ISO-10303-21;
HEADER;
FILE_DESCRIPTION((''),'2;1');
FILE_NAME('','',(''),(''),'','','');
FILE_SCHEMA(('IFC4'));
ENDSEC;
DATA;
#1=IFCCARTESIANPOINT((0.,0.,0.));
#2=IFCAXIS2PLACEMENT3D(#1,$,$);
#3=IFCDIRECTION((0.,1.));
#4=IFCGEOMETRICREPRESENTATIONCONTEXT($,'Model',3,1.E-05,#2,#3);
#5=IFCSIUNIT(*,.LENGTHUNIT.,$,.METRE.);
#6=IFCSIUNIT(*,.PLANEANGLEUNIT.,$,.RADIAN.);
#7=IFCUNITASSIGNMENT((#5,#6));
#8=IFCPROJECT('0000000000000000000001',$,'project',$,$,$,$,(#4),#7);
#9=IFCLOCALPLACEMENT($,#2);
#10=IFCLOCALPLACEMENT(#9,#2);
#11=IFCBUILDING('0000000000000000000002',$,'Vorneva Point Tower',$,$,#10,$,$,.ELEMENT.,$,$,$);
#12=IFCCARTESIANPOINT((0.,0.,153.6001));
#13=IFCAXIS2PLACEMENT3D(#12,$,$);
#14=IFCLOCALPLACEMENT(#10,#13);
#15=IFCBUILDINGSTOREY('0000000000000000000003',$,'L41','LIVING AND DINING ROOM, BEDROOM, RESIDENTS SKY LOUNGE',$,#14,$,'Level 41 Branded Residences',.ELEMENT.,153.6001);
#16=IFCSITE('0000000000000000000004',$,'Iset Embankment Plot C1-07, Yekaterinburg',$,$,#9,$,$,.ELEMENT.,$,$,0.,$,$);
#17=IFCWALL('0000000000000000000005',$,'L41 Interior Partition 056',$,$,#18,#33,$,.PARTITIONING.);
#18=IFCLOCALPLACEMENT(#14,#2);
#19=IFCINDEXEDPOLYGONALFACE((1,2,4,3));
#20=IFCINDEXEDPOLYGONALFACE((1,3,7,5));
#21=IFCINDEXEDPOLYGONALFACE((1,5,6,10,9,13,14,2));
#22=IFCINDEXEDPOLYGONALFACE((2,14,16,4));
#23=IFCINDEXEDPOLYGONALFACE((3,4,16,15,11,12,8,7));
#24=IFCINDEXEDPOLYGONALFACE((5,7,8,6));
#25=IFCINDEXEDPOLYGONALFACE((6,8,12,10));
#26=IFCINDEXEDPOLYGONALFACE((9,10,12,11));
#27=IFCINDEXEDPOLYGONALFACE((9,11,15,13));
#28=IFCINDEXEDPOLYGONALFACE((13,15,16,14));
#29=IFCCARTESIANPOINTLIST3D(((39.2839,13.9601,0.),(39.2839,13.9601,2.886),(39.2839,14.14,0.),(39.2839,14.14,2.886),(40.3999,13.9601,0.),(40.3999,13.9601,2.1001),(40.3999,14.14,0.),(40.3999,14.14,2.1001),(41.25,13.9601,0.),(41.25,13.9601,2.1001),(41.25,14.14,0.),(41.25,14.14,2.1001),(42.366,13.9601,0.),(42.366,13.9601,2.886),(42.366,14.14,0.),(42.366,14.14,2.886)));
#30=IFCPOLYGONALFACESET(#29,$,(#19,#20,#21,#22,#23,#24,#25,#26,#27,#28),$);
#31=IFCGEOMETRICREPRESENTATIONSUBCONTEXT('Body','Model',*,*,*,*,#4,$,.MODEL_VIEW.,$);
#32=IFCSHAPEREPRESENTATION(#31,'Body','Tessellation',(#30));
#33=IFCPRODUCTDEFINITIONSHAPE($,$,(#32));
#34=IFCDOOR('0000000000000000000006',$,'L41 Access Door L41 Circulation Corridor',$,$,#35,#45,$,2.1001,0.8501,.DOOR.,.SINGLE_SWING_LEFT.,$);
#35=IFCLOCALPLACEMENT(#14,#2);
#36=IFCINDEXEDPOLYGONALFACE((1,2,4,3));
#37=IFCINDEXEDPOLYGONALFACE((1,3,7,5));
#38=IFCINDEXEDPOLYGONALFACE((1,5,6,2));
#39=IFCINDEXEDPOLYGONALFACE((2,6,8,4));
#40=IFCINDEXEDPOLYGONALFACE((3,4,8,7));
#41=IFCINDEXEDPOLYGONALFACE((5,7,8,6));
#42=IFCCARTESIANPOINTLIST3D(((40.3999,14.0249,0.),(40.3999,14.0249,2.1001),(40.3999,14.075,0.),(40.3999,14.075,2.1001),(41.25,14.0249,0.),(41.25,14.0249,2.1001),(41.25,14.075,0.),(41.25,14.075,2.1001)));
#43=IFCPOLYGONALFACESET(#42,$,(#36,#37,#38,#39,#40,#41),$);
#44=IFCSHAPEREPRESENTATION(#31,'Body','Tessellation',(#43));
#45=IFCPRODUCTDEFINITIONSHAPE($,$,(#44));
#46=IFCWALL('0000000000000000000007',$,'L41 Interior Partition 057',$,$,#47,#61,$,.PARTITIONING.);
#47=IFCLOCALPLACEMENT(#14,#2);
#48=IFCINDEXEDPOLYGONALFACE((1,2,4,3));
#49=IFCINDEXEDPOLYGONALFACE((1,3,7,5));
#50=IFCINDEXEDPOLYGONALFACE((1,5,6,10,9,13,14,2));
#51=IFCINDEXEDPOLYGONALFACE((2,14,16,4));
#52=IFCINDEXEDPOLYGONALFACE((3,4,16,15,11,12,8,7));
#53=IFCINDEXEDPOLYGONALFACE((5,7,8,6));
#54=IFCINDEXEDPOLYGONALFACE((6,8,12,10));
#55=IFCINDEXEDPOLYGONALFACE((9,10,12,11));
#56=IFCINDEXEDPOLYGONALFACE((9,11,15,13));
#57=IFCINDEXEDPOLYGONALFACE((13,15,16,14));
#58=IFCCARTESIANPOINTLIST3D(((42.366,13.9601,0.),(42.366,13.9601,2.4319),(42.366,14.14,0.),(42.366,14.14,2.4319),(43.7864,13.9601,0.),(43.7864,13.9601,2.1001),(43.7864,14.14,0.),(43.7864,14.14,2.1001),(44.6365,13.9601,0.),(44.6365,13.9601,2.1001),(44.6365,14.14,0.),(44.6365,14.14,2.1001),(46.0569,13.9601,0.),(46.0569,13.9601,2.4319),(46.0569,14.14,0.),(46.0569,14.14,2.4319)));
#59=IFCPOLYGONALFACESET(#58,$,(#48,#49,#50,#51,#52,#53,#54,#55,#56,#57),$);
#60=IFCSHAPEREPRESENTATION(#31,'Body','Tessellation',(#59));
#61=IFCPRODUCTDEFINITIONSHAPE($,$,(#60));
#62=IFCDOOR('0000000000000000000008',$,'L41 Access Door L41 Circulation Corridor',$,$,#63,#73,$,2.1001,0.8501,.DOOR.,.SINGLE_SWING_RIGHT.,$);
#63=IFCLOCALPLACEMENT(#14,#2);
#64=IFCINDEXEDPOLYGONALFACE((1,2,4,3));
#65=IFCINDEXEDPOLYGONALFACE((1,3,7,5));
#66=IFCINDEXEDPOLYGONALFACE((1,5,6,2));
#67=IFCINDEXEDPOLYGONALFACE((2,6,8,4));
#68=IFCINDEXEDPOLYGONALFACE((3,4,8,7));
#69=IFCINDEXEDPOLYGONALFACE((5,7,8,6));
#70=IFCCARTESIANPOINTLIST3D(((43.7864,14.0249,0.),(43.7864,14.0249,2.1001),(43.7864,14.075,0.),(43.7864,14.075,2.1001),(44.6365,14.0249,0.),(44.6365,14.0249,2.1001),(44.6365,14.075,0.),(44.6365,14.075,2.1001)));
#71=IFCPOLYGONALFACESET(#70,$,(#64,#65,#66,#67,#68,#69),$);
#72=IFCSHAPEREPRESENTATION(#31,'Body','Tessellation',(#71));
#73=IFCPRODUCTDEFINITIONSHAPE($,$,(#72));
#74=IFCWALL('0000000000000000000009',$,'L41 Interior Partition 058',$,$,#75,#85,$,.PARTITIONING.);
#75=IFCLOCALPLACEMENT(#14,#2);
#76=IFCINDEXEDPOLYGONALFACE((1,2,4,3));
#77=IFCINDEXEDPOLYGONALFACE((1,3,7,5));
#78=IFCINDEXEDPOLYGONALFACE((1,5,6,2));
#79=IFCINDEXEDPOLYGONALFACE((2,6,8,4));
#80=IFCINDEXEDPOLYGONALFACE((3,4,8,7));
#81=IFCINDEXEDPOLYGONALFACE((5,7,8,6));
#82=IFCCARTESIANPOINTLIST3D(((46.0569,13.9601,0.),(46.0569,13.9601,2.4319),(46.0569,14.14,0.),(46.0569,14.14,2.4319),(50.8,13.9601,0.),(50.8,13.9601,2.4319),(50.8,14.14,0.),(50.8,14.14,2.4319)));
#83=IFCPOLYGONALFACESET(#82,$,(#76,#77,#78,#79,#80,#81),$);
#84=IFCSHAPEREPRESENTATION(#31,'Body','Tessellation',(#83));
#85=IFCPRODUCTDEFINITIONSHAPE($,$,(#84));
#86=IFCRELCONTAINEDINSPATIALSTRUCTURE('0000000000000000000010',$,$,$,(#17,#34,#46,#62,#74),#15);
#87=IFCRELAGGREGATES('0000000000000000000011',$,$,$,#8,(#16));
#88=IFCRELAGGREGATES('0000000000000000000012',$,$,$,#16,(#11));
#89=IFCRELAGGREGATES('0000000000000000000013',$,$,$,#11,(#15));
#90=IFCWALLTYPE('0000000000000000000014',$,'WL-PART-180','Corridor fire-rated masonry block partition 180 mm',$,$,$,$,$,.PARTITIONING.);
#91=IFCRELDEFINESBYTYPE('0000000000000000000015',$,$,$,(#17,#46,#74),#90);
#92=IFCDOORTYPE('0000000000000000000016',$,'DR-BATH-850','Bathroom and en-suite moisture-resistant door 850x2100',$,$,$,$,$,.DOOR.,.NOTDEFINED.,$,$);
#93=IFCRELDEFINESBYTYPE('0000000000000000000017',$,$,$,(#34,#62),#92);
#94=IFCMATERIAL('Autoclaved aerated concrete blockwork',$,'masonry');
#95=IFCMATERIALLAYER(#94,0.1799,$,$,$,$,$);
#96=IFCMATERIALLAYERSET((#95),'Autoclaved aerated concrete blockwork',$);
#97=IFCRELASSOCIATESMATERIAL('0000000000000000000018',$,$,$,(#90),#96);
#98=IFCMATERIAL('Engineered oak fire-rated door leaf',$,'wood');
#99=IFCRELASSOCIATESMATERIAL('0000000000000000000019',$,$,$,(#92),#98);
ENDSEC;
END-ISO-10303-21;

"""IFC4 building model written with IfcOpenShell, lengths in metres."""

from ifc_helpers import new_model, si_unit, direction, frame, frame_2d, origin, place, context, subcontext, project, spatial, rectangle, extrude, material, layer, layer_set, type_object, element, fill, save


model = new_model("IFC4")

# Units and contexts
model_context = context("Model", 3, precision=1e-05, world=origin(), true_north=direction((0.0, 1.0)))
body_context = subcontext(model_context, "Body", "Model", "MODEL_VIEW")
ifc_project = project(units=[si_unit("LENGTHUNIT", "METRE"), si_unit("PLANEANGLEUNIT", "RADIAN")], contexts=[model_context])

# Site, building, storey
site_placement = place(None, origin())
site = spatial("IfcSite", under=ifc_project, at=site_placement, Name="Iset Embankment Plot C1-07, Yekaterinburg", CompositionType="ELEMENT", RefElevation=0.0)
building_placement = place(site_placement, origin())
building = spatial("IfcBuilding", under=site, at=building_placement, Name="Vorneva Point Tower", CompositionType="ELEMENT")
storey_placement = place(building_placement, frame((0.0, 0.0, 153.6001)))
storey = spatial("IfcBuildingStorey", under=building, at=storey_placement, Name="L41", Description="LIVING AND DINING ROOM, BEDROOM, RESIDENTS SKY LOUNGE", LongName="Level 41 Branded Residences", CompositionType="ELEMENT", Elevation=153.6001)

# Walls, openings, doors
ifc_material_1 = material(Name="Autoclaved aerated concrete blockwork", Category="masonry")
ifc_layer_1 = layer(ifc_material_1, 0.1799)
ifc_layer_set_1 = layer_set([ifc_layer_1], Name="Autoclaved aerated concrete blockwork")
wall_type_1 = type_object("IfcWallType", Name="WL-PART-180", Description="Corridor fire-rated masonry block partition 180 mm", PredefinedType="PARTITIONING", material=ifc_layer_set_1)
wall_1_placement = place(storey_placement, frame((39.2839, 14.05, 0.0), z_axis=(0.0, 0.0, 1.0), x_axis=(1.0, 0.0, 0.0)))
wall_1 = element("IfcWall", 1, at=wall_1_placement, inside=storey, type_object=wall_type_1, Name="L41 Interior Partition 056", PredefinedType="PARTITIONING", context=body_context, shape_type="SweptSolid", body=[
    extrude(rectangle(XDim=3.082, YDim=0.1799, at=frame_2d((1.541, 0.0))), origin(), (0.0, 0.0, 1.0), 2.886),
])
opening_1_placement = place(wall_1_placement, frame((1.116, 0.0, 0.0)))
opening_1 = element("IfcOpeningElement", 2, at=opening_1_placement, cuts=wall_1, PredefinedType="OPENING", context=body_context, shape_type="SweptSolid", body=[
    extrude(rectangle(XDim=0.8501, YDim=2.1001, at=frame_2d((0.425, 1.05))), frame((0.0, 0.105, 0.0), z_axis=(0.0, -1.0, 0.0), x_axis=(1.0, 0.0, 0.0)), (0.0, 0.0, 1.0), 0.2097),
])
ifc_material_2 = material(Name="Engineered oak fire-rated door leaf", Category="wood")
door_type_1 = type_object("IfcDoorType", Name="DR-BATH-850", Description="Bathroom and en-suite moisture-resistant door 850x2100", OperationType="NOTDEFINED", PredefinedType="DOOR", material=ifc_material_2)
door_1_placement = place(opening_1_placement, origin())
door_1 = element("IfcDoor", 3, at=door_1_placement, inside=storey, type_object=door_type_1, Name="L41 Access Door L41 Circulation Corridor", OperationType="SINGLE_SWING_LEFT", OverallHeight=2.1001, OverallWidth=0.8501, PredefinedType="DOOR", context=body_context, shape_type="SweptSolid", body=[
    extrude(rectangle(XDim=0.8501, YDim=2.1001, at=frame_2d((0.425, 1.05))), frame((0.0, 0.0249, 0.0), z_axis=(0.0, -1.0, 0.0), x_axis=(1.0, 0.0, 0.0)), (0.0, 0.0, 1.0), 0.05),
])
fill(opening_1, door_1)
wall_2_placement = place(storey_placement, frame((42.366, 14.05, 0.0), z_axis=(0.0, 0.0, 1.0), x_axis=(1.0, 0.0, 0.0)))
wall_2 = element("IfcWall", 4, at=wall_2_placement, inside=storey, type_object=wall_type_1, Name="L41 Interior Partition 057", PredefinedType="PARTITIONING", context=body_context, shape_type="SweptSolid", body=[
    extrude(rectangle(XDim=3.6909, YDim=0.1799, at=frame_2d((1.8455, 0.0))), origin(), (0.0, 0.0, 1.0), 2.4319),
])
opening_2_placement = place(wall_2_placement, frame((1.4204, 0.0, 0.0)))
opening_2 = element("IfcOpeningElement", 5, at=opening_2_placement, cuts=wall_2, PredefinedType="OPENING", context=body_context, shape_type="SweptSolid", body=[
    extrude(rectangle(XDim=0.8501, YDim=2.1001, at=frame_2d((0.425, 1.05))), frame((0.0, 0.105, 0.0), z_axis=(0.0, -1.0, 0.0), x_axis=(1.0, 0.0, 0.0)), (0.0, 0.0, 1.0), 0.2097),
])
door_2_placement = place(opening_2_placement, origin())
door_2 = element("IfcDoor", 6, at=door_2_placement, inside=storey, type_object=door_type_1, Name="L41 Access Door L41 Circulation Corridor", OperationType="SINGLE_SWING_RIGHT", OverallHeight=2.1001, OverallWidth=0.8501, PredefinedType="DOOR", context=body_context, shape_type="SweptSolid", body=[
    extrude(rectangle(XDim=0.8501, YDim=2.1001, at=frame_2d((0.425, 1.05))), frame((0.0, 0.0249, 0.0), z_axis=(0.0, -1.0, 0.0), x_axis=(1.0, 0.0, 0.0)), (0.0, 0.0, 1.0), 0.05),
])
fill(opening_2, door_2)

# Wall
wall_3_placement = place(storey_placement, frame((46.0569, 14.05, 0.0), z_axis=(0.0, 0.0, 1.0), x_axis=(1.0, 0.0, 0.0)))
element("IfcWall", 7, at=wall_3_placement, inside=storey, type_object=wall_type_1, Name="L41 Interior Partition 058", PredefinedType="PARTITIONING", context=body_context, shape_type="SweptSolid", body=[
    extrude(rectangle(XDim=4.7432, YDim=0.1799, at=frame_2d((2.3716, 0.0))), origin(), (0.0, 0.0, 1.0), 2.4319),
])

save(model, "model.ifc")
